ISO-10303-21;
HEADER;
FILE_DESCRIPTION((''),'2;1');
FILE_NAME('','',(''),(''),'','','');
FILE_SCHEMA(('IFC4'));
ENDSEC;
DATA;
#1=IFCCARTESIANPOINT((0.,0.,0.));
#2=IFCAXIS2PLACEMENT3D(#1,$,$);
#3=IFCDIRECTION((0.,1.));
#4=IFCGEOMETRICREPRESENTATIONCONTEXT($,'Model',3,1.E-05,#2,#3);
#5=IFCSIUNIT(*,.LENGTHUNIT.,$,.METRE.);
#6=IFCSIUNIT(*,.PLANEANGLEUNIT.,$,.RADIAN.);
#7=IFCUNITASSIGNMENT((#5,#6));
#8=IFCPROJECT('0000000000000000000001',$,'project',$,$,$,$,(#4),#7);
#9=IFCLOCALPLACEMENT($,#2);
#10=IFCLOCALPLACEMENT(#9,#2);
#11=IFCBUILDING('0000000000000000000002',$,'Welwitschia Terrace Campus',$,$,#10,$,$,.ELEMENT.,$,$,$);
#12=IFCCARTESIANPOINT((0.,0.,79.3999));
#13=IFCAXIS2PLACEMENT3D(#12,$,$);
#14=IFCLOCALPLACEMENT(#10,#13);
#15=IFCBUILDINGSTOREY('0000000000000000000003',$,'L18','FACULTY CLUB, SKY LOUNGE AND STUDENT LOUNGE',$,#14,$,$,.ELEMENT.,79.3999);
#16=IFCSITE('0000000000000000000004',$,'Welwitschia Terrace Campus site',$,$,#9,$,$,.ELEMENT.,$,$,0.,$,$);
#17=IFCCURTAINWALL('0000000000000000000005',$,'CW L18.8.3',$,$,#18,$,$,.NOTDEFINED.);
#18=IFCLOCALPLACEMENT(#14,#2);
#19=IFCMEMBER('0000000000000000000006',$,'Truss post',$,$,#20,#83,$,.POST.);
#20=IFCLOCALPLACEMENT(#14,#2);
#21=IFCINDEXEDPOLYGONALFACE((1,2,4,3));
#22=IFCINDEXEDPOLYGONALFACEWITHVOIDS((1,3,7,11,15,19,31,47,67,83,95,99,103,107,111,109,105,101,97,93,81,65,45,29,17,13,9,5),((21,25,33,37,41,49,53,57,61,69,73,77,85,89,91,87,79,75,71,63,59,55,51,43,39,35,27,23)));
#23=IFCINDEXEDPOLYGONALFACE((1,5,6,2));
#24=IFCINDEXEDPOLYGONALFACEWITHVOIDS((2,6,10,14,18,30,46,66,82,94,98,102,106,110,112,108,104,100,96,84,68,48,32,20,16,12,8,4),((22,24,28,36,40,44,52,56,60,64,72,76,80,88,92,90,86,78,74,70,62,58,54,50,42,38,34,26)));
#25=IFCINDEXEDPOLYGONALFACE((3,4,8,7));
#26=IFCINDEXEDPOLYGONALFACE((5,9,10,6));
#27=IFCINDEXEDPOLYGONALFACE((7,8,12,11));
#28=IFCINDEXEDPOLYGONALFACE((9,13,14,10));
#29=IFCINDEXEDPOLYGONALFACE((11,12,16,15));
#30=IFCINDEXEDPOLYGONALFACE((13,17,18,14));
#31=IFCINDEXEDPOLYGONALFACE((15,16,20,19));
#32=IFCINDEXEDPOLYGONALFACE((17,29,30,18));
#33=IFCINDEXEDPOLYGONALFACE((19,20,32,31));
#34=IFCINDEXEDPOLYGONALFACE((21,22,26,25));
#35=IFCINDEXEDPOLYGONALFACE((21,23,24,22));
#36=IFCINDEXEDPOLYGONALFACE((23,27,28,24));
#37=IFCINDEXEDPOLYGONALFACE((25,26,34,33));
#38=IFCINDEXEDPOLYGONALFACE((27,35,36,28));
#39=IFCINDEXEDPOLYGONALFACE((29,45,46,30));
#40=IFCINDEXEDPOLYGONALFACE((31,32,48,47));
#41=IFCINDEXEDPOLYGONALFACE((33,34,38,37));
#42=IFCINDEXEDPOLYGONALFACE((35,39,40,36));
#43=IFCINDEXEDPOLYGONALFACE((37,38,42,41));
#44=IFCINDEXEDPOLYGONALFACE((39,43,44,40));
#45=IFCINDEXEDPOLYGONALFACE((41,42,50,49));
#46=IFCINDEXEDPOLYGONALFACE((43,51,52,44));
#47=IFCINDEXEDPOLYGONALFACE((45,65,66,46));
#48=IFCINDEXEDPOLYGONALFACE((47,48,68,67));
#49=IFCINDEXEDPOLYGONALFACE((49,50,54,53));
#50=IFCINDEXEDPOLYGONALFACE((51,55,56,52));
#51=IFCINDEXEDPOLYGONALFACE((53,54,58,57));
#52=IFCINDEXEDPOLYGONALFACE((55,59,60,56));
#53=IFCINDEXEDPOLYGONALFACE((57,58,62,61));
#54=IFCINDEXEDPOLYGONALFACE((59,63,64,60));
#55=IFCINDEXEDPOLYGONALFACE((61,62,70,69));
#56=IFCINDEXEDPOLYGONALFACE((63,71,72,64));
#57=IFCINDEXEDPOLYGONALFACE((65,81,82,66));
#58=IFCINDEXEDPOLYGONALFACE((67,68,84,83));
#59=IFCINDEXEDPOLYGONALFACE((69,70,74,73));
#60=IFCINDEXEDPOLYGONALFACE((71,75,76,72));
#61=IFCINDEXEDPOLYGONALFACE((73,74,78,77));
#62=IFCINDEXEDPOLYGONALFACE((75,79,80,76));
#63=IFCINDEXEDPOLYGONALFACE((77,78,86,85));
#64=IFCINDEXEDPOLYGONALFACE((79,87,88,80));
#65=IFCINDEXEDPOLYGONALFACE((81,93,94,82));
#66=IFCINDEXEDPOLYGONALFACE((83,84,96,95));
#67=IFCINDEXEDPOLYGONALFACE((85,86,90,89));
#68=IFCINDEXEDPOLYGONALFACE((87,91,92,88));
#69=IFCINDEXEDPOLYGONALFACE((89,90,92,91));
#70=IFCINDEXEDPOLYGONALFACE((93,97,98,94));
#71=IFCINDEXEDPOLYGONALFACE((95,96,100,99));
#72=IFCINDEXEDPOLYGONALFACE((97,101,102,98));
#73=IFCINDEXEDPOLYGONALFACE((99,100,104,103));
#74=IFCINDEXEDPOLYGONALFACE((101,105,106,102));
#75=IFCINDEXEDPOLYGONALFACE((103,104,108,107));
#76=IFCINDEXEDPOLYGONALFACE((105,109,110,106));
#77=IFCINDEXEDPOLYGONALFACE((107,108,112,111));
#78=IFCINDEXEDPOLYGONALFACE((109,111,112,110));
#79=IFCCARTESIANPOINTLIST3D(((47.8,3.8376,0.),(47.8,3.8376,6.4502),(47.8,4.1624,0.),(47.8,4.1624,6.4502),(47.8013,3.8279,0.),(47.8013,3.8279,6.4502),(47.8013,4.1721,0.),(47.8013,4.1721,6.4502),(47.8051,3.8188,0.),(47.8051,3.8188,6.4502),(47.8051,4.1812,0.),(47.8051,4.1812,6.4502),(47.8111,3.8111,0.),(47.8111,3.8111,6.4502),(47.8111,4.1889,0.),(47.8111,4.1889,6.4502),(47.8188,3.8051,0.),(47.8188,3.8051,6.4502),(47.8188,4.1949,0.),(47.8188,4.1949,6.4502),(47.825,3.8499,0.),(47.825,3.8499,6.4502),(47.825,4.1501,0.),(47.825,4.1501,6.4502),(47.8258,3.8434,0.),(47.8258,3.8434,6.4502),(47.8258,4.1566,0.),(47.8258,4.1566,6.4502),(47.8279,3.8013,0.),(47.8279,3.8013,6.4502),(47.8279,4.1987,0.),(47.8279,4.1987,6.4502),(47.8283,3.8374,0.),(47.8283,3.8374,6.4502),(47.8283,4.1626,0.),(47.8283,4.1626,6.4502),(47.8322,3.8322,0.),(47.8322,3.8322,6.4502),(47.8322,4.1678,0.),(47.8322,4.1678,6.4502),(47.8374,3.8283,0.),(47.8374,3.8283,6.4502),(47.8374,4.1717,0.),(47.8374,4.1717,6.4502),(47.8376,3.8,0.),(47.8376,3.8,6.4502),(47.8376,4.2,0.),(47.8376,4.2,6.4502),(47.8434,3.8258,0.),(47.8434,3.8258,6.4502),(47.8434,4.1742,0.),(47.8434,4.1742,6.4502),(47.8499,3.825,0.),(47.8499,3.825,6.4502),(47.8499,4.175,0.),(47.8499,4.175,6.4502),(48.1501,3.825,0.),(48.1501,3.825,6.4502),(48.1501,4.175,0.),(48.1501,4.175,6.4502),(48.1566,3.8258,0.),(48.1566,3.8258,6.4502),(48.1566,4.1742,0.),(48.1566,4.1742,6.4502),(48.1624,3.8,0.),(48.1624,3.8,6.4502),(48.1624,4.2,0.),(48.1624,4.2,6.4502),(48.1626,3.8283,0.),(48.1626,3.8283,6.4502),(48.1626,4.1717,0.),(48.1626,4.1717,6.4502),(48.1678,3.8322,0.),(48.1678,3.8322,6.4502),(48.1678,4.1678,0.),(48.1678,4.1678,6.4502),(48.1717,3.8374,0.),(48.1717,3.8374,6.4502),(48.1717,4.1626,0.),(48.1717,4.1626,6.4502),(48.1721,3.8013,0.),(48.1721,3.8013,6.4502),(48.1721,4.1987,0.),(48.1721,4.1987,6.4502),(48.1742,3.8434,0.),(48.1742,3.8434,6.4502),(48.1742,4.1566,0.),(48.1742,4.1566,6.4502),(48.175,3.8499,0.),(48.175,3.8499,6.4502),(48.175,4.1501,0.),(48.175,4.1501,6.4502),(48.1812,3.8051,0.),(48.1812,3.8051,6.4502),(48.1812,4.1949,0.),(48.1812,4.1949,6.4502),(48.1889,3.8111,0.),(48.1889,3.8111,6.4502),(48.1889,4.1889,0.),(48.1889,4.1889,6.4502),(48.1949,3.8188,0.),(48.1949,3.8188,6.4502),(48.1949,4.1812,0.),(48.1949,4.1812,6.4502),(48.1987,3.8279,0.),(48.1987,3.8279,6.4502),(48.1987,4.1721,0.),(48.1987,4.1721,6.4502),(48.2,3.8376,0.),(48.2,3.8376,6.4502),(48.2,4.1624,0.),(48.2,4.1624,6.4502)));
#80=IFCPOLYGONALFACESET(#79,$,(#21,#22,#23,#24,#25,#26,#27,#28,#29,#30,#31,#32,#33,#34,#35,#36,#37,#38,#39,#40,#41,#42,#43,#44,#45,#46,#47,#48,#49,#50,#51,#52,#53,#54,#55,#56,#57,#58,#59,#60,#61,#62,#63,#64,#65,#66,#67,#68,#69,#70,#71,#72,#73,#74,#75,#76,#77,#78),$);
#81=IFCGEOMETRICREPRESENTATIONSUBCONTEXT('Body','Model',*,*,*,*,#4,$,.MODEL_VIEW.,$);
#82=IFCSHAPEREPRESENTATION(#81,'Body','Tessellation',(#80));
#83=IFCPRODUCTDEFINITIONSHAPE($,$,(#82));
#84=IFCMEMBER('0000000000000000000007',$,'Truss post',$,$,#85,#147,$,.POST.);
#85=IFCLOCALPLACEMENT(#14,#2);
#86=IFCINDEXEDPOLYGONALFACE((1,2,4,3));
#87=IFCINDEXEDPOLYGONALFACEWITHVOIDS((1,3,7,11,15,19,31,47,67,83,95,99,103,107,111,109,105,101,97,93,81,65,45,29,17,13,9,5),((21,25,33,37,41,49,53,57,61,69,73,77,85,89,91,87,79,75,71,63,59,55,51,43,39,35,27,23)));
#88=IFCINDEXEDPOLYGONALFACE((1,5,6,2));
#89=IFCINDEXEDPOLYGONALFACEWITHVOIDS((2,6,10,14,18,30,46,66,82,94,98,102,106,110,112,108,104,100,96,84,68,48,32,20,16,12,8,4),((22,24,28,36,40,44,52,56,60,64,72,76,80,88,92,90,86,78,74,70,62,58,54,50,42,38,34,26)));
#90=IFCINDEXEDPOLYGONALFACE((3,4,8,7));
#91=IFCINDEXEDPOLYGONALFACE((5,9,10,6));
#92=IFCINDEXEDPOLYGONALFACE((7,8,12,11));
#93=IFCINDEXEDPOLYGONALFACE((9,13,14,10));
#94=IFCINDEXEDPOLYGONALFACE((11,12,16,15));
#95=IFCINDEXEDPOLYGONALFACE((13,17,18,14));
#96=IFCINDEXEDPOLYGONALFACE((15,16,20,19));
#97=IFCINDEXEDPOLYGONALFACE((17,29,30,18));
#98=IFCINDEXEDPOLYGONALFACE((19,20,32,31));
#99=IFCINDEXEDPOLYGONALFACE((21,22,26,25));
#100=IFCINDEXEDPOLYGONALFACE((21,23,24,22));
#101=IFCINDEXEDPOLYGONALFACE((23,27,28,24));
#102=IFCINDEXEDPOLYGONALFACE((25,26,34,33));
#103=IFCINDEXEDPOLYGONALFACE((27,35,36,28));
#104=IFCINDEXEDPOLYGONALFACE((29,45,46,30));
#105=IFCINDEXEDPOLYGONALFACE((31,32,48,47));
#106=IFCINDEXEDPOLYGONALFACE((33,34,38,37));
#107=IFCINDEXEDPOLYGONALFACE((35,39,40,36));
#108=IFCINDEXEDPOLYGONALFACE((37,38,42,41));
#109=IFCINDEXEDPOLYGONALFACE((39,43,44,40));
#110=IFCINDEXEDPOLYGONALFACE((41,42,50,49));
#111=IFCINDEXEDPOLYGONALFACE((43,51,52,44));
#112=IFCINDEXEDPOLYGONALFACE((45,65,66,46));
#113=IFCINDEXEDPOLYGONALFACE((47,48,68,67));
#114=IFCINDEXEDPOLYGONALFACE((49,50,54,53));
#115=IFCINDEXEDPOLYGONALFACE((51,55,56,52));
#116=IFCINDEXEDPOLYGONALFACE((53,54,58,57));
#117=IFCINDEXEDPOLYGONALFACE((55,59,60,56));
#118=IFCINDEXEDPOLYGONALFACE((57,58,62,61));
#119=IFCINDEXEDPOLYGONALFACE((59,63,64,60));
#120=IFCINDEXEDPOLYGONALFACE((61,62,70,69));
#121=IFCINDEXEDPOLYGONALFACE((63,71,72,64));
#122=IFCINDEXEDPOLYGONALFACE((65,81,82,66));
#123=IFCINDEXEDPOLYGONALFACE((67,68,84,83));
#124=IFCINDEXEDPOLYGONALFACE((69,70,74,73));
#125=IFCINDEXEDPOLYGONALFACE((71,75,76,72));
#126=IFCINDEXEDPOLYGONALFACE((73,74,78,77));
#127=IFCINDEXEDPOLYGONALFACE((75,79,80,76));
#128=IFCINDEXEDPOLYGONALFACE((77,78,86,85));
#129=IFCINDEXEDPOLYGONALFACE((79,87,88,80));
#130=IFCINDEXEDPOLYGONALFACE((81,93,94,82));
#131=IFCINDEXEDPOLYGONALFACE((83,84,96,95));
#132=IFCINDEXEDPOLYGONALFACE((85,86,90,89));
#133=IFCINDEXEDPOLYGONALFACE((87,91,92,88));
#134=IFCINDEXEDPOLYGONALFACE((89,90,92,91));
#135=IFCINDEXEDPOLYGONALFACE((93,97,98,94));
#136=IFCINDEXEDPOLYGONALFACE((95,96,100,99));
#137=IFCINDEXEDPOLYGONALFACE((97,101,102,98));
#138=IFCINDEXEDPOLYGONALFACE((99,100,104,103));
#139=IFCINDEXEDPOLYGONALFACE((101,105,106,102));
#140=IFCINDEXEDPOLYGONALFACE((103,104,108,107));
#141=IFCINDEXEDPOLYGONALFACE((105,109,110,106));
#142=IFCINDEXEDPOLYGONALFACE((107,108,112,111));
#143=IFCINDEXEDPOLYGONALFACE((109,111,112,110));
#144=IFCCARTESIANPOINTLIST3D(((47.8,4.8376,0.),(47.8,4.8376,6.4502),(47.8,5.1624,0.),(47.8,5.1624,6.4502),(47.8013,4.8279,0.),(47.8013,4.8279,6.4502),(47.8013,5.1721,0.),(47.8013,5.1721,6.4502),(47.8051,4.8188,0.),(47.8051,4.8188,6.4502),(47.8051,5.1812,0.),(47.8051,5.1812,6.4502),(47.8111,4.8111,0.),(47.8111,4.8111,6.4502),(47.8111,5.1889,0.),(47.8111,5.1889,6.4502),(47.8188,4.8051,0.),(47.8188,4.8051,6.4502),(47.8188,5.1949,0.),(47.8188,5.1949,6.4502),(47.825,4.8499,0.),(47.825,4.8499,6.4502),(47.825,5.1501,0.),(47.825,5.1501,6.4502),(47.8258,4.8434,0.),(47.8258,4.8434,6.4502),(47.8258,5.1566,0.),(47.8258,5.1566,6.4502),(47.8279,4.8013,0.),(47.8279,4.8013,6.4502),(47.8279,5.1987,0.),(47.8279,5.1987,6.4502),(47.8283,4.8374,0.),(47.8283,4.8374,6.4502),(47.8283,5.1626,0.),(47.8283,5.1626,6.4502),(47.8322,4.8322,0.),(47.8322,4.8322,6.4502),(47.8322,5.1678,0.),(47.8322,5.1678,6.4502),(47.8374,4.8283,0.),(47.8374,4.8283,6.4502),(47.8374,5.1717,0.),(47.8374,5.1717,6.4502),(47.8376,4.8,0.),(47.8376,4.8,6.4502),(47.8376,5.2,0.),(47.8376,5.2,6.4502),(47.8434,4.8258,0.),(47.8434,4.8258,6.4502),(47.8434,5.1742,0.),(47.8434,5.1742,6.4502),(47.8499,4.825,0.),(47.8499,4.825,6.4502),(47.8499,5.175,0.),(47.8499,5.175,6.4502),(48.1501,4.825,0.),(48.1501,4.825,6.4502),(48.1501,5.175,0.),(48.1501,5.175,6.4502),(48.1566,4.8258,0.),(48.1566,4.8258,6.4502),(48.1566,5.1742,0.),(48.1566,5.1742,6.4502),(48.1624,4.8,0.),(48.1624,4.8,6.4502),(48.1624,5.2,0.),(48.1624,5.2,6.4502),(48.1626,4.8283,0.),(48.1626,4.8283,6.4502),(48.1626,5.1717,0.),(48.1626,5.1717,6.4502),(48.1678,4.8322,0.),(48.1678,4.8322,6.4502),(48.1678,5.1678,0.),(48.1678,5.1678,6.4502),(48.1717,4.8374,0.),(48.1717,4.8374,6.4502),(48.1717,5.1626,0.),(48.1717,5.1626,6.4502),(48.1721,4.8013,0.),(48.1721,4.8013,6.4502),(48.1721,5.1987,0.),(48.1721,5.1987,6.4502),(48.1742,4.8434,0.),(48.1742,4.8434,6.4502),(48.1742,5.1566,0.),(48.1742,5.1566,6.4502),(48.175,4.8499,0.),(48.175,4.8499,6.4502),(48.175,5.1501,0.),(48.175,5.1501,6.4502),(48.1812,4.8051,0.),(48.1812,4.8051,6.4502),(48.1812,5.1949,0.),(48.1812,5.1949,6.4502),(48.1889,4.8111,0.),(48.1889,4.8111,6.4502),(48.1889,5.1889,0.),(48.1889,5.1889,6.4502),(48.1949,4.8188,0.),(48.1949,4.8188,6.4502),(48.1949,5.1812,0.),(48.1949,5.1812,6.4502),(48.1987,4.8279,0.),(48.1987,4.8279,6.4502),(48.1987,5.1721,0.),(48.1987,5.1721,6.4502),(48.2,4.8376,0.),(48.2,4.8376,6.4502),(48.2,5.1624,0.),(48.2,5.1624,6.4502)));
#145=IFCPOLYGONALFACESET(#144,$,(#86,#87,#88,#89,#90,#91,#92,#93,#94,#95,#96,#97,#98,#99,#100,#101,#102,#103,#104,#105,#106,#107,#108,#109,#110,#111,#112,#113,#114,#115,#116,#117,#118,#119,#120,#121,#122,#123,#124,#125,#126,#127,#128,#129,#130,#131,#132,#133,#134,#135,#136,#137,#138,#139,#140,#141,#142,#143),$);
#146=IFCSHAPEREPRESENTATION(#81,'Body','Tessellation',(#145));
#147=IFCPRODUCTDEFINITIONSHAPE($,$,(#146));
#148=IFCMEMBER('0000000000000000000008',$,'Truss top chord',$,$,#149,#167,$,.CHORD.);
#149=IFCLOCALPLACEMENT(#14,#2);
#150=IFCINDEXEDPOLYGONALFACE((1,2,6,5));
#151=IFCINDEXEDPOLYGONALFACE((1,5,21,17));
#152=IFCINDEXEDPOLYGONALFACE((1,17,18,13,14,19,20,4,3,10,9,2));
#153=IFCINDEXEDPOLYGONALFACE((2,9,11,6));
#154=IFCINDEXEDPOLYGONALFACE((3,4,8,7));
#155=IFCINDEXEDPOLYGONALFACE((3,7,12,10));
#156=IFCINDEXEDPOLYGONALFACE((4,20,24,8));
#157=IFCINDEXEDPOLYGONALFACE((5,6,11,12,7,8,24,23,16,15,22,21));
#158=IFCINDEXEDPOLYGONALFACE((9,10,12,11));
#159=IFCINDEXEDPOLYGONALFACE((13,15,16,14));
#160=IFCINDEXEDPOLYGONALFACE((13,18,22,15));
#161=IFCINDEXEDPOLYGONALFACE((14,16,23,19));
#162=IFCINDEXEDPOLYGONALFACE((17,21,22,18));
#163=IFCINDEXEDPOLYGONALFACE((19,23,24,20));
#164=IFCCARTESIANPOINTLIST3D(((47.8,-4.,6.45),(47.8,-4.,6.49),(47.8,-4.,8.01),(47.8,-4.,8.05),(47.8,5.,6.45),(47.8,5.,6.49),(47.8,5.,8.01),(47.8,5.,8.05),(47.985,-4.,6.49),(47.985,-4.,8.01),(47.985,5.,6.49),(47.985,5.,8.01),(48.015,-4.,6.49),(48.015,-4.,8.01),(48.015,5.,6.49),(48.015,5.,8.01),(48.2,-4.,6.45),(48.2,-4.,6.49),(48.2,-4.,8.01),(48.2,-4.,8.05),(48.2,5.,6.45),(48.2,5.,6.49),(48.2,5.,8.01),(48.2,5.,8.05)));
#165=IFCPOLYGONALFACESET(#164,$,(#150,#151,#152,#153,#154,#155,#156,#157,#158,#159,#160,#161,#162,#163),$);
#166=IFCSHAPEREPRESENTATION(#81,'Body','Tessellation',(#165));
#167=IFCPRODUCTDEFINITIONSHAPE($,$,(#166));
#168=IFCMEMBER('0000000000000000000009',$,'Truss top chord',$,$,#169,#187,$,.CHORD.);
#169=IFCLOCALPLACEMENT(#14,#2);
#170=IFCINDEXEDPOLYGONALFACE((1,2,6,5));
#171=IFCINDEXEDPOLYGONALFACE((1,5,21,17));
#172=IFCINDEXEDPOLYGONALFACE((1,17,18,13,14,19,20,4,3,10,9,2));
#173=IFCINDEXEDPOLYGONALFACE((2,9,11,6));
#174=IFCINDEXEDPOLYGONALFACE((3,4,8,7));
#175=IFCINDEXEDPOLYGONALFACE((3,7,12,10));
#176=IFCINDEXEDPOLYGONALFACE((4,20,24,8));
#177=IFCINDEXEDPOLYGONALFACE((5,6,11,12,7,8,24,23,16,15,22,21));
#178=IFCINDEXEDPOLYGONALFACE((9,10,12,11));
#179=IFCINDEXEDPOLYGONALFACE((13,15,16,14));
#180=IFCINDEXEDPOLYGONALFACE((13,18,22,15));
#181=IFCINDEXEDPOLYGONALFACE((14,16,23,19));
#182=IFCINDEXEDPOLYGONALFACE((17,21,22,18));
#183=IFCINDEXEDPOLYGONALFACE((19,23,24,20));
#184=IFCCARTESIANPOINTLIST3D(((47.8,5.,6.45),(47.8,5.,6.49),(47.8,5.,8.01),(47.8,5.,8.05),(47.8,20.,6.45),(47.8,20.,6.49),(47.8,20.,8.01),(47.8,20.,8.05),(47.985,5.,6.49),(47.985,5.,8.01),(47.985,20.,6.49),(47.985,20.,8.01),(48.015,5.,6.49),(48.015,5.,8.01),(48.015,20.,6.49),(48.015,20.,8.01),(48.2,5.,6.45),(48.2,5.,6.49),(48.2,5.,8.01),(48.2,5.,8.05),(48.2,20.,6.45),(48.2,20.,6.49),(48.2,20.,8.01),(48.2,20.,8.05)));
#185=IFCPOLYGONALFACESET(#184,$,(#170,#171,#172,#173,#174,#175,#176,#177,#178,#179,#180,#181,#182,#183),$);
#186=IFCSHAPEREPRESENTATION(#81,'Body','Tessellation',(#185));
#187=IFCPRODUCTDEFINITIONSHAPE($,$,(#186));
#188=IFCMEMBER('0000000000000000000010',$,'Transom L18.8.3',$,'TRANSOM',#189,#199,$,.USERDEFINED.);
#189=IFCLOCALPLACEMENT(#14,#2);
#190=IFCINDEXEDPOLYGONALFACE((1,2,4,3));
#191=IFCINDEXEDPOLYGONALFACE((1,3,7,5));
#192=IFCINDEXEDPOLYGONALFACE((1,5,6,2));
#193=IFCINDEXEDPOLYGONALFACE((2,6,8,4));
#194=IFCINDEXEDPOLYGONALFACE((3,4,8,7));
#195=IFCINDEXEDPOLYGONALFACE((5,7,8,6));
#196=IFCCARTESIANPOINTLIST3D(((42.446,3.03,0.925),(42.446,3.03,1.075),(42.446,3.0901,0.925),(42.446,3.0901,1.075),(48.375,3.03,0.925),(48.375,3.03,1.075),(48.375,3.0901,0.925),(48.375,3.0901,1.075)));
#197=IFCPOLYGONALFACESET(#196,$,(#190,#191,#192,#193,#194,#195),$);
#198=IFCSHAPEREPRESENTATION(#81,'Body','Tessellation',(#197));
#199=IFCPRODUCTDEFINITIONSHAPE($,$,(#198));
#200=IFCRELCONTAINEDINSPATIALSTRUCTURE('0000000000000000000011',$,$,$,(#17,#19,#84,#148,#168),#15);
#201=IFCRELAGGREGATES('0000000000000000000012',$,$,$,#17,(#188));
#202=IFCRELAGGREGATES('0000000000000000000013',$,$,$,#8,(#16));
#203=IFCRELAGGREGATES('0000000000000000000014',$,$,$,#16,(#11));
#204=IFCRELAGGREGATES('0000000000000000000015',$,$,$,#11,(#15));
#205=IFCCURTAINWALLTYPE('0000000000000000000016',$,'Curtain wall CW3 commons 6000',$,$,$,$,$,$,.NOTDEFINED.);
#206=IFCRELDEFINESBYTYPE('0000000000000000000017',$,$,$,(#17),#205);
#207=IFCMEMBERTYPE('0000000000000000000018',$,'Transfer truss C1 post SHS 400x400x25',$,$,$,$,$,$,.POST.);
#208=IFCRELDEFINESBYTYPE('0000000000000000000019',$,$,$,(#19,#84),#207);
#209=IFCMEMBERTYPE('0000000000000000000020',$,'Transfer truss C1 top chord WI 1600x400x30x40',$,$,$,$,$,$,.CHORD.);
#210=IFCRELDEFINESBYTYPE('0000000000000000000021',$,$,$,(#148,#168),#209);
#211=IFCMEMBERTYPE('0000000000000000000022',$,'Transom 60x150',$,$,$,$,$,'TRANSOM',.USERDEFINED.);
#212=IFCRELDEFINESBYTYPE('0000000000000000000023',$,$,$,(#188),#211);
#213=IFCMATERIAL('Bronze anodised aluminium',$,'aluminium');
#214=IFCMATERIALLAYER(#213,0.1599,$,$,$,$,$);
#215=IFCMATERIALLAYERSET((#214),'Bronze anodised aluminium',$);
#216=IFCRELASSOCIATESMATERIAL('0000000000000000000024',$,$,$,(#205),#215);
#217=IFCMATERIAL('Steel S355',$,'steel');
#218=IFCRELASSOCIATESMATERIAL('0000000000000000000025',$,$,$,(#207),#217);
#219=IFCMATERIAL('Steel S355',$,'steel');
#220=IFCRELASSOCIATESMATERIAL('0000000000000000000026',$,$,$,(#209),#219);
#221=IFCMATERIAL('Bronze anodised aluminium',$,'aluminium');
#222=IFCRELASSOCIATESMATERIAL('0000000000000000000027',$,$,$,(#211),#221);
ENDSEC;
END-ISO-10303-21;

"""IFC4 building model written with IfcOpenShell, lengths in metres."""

from ifc_helpers import new_model, si_unit, direction, frame, origin, origin_2d, place, context, subcontext, project, spatial, rectangle, hollow_rectangle, i_section, extrude, material, layer, layer_set, material_profile, profile_set, type_object, element, aggregate, save


model = new_model("IFC4")

# Units and contexts
model_context = context("Model", 3, precision=1e-05, world=origin(), true_north=direction((0.0, 1.0)))
body_context = subcontext(model_context, "Body", "Model", "MODEL_VIEW")
ifc_project = project(units=[si_unit("LENGTHUNIT", "METRE"), si_unit("PLANEANGLEUNIT", "RADIAN")], contexts=[model_context])

# Site, building, storey
site_placement = place(None, origin())
site = spatial("IfcSite", under=ifc_project, at=site_placement, Name="Welwitschia Terrace Campus site", CompositionType="ELEMENT", RefElevation=0.0)
building_placement = place(site_placement, origin())
building = spatial("IfcBuilding", under=site, at=building_placement, Name="Welwitschia Terrace Campus", CompositionType="ELEMENT")
storey_placement = place(building_placement, frame((0.0, 0.0, 79.3999)))
storey = spatial("IfcBuildingStorey", under=building, at=storey_placement, Name="L18", Description="FACULTY CLUB, SKY LOUNGE AND STUDENT LOUNGE", CompositionType="ELEMENT", Elevation=79.3999)

# Curtain wall
ifc_material_1 = material(Name="Bronze anodised aluminium", Category="aluminium")
ifc_layer_1 = layer(ifc_material_1, 0.1599)
ifc_layer_set_1 = layer_set([ifc_layer_1], Name="Bronze anodised aluminium")
curtain_wall_type = type_object("IfcCurtainWallType", Name="Curtain wall CW3 commons 6000", PredefinedType="NOTDEFINED", material=ifc_layer_set_1)
curtain_wall_1_placement = place(storey_placement, origin())
curtain_wall_1 = element("IfcCurtainWall", 1, at=curtain_wall_1_placement, inside=storey, type_object=curtain_wall_type, Name="CW L18.8.3", PredefinedType="NOTDEFINED")

# Members
ifc_material_2 = material(Name="Steel S355", Category="steel")
ifc_material_profile_1 = material_profile(ifc_material_2, hollow_rectangle(XDim=0.3999, YDim=0.3999, WallThickness=0.0249, InnerFilletRadius=0.0249, OuterFilletRadius=0.0376, at=origin_2d()))
ifc_profile_set_1 = profile_set([ifc_material_profile_1], Name="Steel S355")
member_type_1 = type_object("IfcMemberType", Name="Transfer truss C1 post SHS 400x400x25", PredefinedType="POST", material=ifc_profile_set_1)
for number, where, z_axis, x_axis, name in (
    (2, (48.0, 4.0, 0.0), (0.0, 0.0, 1.0), (1.0, 0.0, 0.0), "Truss post"),
    (3, (48.0, 5.0, 0.0), (0.0, 0.0, 1.0), (1.0, 0.0, 0.0), "Truss post"),
):
    element("IfcMember", number, at=place(storey_placement, frame(where, z_axis=z_axis, x_axis=x_axis)), inside=storey, type_object=member_type_1, Name=name, PredefinedType="POST", context=body_context, shape_type="SweptSolid", body=[
        extrude(hollow_rectangle(XDim=0.3999, YDim=0.3999, WallThickness=0.0249, InnerFilletRadius=0.0249, OuterFilletRadius=0.0376, at=origin_2d()), origin(), (0.0, 0.0, 1.0), 6.4502),
    ])
ifc_material_3 = material(Name="Steel S355", Category="steel")
ifc_material_profile_2 = material_profile(ifc_material_3, i_section(OverallWidth=0.3999, OverallDepth=1.6001, WebThickness=0.03, FlangeThickness=0.04, at=origin_2d()))
ifc_profile_set_2 = profile_set([ifc_material_profile_2], Name="Steel S355")
member_type_2 = type_object("IfcMemberType", Name="Transfer truss C1 top chord WI 1600x400x30x40", PredefinedType="CHORD", material=ifc_profile_set_2)
member_1_placement = place(storey_placement, frame((48.0, -4.0, 7.25), z_axis=(0.0, 1.0, 0.0), x_axis=(-1.0, 0.0, 0.0)))
element("IfcMember", 4, at=member_1_placement, inside=storey, type_object=member_type_2, Name="Truss top chord", PredefinedType="CHORD", context=body_context, shape_type="SweptSolid", body=[
    extrude(i_section(OverallWidth=0.3999, OverallDepth=1.6001, WebThickness=0.03, FlangeThickness=0.04, at=origin_2d()), origin(), (0.0, 0.0, 1.0), 9.0),
])
member_2_placement = place(storey_placement, frame((48.0, 5.0, 7.25), z_axis=(0.0, 1.0, 0.0), x_axis=(-1.0, 0.0, 0.0)))
element("IfcMember", 5, at=member_2_placement, inside=storey, type_object=member_type_2, Name="Truss top chord", PredefinedType="CHORD", context=body_context, shape_type="SweptSolid", body=[
    extrude(i_section(OverallWidth=0.3999, OverallDepth=1.6001, WebThickness=0.03, FlangeThickness=0.04, at=origin_2d()), origin(), (0.0, 0.0, 1.0), 15.0),
])

# Member
ifc_material_4 = material(Name="Bronze anodised aluminium", Category="aluminium")
ifc_material_profile_3 = material_profile(ifc_material_4, rectangle(XDim=0.0601, YDim=0.1499, at=origin_2d()))
ifc_profile_set_3 = profile_set([ifc_material_profile_3], Name="Bronze anodised aluminium")
member_type_3 = type_object("IfcMemberType", Name="Transom 60x150", ElementType="TRANSOM", PredefinedType="USERDEFINED", material=ifc_profile_set_3)
member_3_placement = place(storey_placement, frame((42.446, 3.0601, 1.0), z_axis=(1.0, 0.0, 0.0), x_axis=(0.0, 1.0, 0.0)))
member_3 = element("IfcMember", 6, at=member_3_placement, type_object=member_type_3, Name="Transom L18.8.3", ObjectType="TRANSOM", PredefinedType="USERDEFINED", context=body_context, shape_type="SweptSolid", body=[
    extrude(rectangle(XDim=0.0601, YDim=0.1499, at=origin_2d()), origin(), (0.0, 0.0, 1.0), 5.929),
])

aggregate(curtain_wall_1, [member_3])

save(model, "model.ifc")
